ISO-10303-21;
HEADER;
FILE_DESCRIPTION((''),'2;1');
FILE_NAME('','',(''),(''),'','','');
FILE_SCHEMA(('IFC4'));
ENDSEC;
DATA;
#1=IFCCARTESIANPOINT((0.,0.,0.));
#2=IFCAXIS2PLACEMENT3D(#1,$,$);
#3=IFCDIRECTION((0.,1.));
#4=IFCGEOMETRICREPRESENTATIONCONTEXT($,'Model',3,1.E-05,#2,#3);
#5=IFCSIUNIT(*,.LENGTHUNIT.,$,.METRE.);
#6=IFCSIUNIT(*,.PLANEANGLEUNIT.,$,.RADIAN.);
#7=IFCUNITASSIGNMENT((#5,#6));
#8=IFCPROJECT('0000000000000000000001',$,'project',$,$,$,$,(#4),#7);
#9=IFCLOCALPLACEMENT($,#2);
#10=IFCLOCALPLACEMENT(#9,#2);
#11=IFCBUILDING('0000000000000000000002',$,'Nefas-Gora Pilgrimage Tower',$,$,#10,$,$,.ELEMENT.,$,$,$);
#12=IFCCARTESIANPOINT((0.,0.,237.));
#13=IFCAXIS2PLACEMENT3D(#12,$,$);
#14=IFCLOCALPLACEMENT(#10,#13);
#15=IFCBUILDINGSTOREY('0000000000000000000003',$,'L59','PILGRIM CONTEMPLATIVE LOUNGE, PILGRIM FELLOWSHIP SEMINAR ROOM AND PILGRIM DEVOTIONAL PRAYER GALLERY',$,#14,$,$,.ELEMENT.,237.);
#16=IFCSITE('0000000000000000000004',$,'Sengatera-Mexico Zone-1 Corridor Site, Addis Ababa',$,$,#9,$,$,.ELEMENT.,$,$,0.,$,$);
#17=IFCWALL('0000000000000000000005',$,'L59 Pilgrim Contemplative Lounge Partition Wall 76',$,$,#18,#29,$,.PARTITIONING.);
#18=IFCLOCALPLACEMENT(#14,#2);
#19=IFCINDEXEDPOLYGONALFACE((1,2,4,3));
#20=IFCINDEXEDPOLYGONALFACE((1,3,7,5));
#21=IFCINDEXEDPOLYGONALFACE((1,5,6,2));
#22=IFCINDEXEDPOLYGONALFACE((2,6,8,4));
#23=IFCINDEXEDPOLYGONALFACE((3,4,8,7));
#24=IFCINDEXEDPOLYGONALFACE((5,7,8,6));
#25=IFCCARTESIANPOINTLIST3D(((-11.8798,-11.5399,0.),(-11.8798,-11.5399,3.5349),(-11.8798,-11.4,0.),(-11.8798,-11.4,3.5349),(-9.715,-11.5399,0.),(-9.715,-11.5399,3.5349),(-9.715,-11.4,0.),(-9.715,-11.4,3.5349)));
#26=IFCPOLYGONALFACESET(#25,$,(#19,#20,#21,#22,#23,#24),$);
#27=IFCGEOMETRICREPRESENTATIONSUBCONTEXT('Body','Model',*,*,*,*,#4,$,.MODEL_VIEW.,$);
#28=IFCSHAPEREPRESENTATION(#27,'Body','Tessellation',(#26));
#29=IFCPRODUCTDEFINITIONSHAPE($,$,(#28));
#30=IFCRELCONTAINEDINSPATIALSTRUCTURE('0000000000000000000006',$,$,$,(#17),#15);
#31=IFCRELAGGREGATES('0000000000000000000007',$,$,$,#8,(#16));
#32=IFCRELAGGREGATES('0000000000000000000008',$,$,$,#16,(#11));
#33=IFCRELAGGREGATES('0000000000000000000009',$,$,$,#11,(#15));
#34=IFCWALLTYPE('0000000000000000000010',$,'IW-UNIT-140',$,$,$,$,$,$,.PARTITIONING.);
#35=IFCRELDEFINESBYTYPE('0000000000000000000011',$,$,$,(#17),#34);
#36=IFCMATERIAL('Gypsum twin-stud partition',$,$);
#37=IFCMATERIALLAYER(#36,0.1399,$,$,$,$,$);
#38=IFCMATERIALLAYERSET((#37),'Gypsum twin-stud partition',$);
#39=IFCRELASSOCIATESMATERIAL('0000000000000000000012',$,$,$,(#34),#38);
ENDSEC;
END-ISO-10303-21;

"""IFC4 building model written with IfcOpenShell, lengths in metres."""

from ifc_helpers import new_model, si_unit, direction, frame, frame_2d, origin, place, context, subcontext, project, spatial, rectangle, extrude, source, transform, mapped, material, layer, layer_set, type_object, element, save


model = new_model("IFC4")

# Units and contexts
model_context = context("Model", 3, precision=1e-05, world=origin(), true_north=direction((0.0, 1.0)))
body_context = subcontext(model_context, "Body", "Model", "MODEL_VIEW")
ifc_project = project(units=[si_unit("LENGTHUNIT", "METRE"), si_unit("PLANEANGLEUNIT", "RADIAN")], contexts=[model_context])

# Site, building, storey
site_placement = place(None, origin())
site = spatial("IfcSite", under=ifc_project, at=site_placement, Name="Sengatera-Mexico Zone-1 Corridor Site, Addis Ababa", CompositionType="ELEMENT", RefElevation=0.0)
building_placement = place(site_placement, origin())
building = spatial("IfcBuilding", under=site, at=building_placement, Name="Nefas-Gora Pilgrimage Tower", CompositionType="ELEMENT")
storey_placement = place(building_placement, frame((0.0, 0.0, 237.0)))
storey = spatial("IfcBuildingStorey", under=building, at=storey_placement, Name="L59", Description="PILGRIM CONTEMPLATIVE LOUNGE, PILGRIM FELLOWSHIP SEMINAR ROOM AND PILGRIM DEVOTIONAL PRAYER GALLERY", CompositionType="ELEMENT", Elevation=237.0)

# Shared definitions
ifc_material_1 = material(Name="Gypsum twin-stud partition")
ifc_layer_1 = layer(ifc_material_1, 0.1399)
ifc_layer_set_1 = layer_set([ifc_layer_1], Name="Gypsum twin-stud partition")
wall_type_1 = type_object("IfcWallType", Name="IW-UNIT-140", PredefinedType="PARTITIONING", material=ifc_layer_set_1)

# Wall
shared_shape_1 = source(origin(), body_context, "Body", "SweptSolid", [
    extrude(rectangle(XDim=2.1648, YDim=0.1399, at=frame_2d((1.0825, 0.0))), origin(), (0.0, 0.0, 1.0), 3.5349),
])
wall_1_placement = place(storey_placement, frame((-11.8799, -11.47, 0.0), z_axis=(0.0, 0.0, 1.0), x_axis=(1.0, 0.0, 0.0)))
element("IfcWall", 1, at=wall_1_placement, inside=storey, type_object=wall_type_1, Name="L59 Pilgrim Contemplative Lounge Partition Wall 76", PredefinedType="PARTITIONING", context=body_context, shape_type="MappedRepresentation", body=[
    mapped(shared_shape_1, transform((0.0, 0.0, 0.0), x_axis=(1.0, 0.0, 0.0), y_axis=(0.0, 1.0, 0.0), z_axis=(0.0, 0.0, 1.0), scale=1.0)),
])

save(model, "model.ifc")
